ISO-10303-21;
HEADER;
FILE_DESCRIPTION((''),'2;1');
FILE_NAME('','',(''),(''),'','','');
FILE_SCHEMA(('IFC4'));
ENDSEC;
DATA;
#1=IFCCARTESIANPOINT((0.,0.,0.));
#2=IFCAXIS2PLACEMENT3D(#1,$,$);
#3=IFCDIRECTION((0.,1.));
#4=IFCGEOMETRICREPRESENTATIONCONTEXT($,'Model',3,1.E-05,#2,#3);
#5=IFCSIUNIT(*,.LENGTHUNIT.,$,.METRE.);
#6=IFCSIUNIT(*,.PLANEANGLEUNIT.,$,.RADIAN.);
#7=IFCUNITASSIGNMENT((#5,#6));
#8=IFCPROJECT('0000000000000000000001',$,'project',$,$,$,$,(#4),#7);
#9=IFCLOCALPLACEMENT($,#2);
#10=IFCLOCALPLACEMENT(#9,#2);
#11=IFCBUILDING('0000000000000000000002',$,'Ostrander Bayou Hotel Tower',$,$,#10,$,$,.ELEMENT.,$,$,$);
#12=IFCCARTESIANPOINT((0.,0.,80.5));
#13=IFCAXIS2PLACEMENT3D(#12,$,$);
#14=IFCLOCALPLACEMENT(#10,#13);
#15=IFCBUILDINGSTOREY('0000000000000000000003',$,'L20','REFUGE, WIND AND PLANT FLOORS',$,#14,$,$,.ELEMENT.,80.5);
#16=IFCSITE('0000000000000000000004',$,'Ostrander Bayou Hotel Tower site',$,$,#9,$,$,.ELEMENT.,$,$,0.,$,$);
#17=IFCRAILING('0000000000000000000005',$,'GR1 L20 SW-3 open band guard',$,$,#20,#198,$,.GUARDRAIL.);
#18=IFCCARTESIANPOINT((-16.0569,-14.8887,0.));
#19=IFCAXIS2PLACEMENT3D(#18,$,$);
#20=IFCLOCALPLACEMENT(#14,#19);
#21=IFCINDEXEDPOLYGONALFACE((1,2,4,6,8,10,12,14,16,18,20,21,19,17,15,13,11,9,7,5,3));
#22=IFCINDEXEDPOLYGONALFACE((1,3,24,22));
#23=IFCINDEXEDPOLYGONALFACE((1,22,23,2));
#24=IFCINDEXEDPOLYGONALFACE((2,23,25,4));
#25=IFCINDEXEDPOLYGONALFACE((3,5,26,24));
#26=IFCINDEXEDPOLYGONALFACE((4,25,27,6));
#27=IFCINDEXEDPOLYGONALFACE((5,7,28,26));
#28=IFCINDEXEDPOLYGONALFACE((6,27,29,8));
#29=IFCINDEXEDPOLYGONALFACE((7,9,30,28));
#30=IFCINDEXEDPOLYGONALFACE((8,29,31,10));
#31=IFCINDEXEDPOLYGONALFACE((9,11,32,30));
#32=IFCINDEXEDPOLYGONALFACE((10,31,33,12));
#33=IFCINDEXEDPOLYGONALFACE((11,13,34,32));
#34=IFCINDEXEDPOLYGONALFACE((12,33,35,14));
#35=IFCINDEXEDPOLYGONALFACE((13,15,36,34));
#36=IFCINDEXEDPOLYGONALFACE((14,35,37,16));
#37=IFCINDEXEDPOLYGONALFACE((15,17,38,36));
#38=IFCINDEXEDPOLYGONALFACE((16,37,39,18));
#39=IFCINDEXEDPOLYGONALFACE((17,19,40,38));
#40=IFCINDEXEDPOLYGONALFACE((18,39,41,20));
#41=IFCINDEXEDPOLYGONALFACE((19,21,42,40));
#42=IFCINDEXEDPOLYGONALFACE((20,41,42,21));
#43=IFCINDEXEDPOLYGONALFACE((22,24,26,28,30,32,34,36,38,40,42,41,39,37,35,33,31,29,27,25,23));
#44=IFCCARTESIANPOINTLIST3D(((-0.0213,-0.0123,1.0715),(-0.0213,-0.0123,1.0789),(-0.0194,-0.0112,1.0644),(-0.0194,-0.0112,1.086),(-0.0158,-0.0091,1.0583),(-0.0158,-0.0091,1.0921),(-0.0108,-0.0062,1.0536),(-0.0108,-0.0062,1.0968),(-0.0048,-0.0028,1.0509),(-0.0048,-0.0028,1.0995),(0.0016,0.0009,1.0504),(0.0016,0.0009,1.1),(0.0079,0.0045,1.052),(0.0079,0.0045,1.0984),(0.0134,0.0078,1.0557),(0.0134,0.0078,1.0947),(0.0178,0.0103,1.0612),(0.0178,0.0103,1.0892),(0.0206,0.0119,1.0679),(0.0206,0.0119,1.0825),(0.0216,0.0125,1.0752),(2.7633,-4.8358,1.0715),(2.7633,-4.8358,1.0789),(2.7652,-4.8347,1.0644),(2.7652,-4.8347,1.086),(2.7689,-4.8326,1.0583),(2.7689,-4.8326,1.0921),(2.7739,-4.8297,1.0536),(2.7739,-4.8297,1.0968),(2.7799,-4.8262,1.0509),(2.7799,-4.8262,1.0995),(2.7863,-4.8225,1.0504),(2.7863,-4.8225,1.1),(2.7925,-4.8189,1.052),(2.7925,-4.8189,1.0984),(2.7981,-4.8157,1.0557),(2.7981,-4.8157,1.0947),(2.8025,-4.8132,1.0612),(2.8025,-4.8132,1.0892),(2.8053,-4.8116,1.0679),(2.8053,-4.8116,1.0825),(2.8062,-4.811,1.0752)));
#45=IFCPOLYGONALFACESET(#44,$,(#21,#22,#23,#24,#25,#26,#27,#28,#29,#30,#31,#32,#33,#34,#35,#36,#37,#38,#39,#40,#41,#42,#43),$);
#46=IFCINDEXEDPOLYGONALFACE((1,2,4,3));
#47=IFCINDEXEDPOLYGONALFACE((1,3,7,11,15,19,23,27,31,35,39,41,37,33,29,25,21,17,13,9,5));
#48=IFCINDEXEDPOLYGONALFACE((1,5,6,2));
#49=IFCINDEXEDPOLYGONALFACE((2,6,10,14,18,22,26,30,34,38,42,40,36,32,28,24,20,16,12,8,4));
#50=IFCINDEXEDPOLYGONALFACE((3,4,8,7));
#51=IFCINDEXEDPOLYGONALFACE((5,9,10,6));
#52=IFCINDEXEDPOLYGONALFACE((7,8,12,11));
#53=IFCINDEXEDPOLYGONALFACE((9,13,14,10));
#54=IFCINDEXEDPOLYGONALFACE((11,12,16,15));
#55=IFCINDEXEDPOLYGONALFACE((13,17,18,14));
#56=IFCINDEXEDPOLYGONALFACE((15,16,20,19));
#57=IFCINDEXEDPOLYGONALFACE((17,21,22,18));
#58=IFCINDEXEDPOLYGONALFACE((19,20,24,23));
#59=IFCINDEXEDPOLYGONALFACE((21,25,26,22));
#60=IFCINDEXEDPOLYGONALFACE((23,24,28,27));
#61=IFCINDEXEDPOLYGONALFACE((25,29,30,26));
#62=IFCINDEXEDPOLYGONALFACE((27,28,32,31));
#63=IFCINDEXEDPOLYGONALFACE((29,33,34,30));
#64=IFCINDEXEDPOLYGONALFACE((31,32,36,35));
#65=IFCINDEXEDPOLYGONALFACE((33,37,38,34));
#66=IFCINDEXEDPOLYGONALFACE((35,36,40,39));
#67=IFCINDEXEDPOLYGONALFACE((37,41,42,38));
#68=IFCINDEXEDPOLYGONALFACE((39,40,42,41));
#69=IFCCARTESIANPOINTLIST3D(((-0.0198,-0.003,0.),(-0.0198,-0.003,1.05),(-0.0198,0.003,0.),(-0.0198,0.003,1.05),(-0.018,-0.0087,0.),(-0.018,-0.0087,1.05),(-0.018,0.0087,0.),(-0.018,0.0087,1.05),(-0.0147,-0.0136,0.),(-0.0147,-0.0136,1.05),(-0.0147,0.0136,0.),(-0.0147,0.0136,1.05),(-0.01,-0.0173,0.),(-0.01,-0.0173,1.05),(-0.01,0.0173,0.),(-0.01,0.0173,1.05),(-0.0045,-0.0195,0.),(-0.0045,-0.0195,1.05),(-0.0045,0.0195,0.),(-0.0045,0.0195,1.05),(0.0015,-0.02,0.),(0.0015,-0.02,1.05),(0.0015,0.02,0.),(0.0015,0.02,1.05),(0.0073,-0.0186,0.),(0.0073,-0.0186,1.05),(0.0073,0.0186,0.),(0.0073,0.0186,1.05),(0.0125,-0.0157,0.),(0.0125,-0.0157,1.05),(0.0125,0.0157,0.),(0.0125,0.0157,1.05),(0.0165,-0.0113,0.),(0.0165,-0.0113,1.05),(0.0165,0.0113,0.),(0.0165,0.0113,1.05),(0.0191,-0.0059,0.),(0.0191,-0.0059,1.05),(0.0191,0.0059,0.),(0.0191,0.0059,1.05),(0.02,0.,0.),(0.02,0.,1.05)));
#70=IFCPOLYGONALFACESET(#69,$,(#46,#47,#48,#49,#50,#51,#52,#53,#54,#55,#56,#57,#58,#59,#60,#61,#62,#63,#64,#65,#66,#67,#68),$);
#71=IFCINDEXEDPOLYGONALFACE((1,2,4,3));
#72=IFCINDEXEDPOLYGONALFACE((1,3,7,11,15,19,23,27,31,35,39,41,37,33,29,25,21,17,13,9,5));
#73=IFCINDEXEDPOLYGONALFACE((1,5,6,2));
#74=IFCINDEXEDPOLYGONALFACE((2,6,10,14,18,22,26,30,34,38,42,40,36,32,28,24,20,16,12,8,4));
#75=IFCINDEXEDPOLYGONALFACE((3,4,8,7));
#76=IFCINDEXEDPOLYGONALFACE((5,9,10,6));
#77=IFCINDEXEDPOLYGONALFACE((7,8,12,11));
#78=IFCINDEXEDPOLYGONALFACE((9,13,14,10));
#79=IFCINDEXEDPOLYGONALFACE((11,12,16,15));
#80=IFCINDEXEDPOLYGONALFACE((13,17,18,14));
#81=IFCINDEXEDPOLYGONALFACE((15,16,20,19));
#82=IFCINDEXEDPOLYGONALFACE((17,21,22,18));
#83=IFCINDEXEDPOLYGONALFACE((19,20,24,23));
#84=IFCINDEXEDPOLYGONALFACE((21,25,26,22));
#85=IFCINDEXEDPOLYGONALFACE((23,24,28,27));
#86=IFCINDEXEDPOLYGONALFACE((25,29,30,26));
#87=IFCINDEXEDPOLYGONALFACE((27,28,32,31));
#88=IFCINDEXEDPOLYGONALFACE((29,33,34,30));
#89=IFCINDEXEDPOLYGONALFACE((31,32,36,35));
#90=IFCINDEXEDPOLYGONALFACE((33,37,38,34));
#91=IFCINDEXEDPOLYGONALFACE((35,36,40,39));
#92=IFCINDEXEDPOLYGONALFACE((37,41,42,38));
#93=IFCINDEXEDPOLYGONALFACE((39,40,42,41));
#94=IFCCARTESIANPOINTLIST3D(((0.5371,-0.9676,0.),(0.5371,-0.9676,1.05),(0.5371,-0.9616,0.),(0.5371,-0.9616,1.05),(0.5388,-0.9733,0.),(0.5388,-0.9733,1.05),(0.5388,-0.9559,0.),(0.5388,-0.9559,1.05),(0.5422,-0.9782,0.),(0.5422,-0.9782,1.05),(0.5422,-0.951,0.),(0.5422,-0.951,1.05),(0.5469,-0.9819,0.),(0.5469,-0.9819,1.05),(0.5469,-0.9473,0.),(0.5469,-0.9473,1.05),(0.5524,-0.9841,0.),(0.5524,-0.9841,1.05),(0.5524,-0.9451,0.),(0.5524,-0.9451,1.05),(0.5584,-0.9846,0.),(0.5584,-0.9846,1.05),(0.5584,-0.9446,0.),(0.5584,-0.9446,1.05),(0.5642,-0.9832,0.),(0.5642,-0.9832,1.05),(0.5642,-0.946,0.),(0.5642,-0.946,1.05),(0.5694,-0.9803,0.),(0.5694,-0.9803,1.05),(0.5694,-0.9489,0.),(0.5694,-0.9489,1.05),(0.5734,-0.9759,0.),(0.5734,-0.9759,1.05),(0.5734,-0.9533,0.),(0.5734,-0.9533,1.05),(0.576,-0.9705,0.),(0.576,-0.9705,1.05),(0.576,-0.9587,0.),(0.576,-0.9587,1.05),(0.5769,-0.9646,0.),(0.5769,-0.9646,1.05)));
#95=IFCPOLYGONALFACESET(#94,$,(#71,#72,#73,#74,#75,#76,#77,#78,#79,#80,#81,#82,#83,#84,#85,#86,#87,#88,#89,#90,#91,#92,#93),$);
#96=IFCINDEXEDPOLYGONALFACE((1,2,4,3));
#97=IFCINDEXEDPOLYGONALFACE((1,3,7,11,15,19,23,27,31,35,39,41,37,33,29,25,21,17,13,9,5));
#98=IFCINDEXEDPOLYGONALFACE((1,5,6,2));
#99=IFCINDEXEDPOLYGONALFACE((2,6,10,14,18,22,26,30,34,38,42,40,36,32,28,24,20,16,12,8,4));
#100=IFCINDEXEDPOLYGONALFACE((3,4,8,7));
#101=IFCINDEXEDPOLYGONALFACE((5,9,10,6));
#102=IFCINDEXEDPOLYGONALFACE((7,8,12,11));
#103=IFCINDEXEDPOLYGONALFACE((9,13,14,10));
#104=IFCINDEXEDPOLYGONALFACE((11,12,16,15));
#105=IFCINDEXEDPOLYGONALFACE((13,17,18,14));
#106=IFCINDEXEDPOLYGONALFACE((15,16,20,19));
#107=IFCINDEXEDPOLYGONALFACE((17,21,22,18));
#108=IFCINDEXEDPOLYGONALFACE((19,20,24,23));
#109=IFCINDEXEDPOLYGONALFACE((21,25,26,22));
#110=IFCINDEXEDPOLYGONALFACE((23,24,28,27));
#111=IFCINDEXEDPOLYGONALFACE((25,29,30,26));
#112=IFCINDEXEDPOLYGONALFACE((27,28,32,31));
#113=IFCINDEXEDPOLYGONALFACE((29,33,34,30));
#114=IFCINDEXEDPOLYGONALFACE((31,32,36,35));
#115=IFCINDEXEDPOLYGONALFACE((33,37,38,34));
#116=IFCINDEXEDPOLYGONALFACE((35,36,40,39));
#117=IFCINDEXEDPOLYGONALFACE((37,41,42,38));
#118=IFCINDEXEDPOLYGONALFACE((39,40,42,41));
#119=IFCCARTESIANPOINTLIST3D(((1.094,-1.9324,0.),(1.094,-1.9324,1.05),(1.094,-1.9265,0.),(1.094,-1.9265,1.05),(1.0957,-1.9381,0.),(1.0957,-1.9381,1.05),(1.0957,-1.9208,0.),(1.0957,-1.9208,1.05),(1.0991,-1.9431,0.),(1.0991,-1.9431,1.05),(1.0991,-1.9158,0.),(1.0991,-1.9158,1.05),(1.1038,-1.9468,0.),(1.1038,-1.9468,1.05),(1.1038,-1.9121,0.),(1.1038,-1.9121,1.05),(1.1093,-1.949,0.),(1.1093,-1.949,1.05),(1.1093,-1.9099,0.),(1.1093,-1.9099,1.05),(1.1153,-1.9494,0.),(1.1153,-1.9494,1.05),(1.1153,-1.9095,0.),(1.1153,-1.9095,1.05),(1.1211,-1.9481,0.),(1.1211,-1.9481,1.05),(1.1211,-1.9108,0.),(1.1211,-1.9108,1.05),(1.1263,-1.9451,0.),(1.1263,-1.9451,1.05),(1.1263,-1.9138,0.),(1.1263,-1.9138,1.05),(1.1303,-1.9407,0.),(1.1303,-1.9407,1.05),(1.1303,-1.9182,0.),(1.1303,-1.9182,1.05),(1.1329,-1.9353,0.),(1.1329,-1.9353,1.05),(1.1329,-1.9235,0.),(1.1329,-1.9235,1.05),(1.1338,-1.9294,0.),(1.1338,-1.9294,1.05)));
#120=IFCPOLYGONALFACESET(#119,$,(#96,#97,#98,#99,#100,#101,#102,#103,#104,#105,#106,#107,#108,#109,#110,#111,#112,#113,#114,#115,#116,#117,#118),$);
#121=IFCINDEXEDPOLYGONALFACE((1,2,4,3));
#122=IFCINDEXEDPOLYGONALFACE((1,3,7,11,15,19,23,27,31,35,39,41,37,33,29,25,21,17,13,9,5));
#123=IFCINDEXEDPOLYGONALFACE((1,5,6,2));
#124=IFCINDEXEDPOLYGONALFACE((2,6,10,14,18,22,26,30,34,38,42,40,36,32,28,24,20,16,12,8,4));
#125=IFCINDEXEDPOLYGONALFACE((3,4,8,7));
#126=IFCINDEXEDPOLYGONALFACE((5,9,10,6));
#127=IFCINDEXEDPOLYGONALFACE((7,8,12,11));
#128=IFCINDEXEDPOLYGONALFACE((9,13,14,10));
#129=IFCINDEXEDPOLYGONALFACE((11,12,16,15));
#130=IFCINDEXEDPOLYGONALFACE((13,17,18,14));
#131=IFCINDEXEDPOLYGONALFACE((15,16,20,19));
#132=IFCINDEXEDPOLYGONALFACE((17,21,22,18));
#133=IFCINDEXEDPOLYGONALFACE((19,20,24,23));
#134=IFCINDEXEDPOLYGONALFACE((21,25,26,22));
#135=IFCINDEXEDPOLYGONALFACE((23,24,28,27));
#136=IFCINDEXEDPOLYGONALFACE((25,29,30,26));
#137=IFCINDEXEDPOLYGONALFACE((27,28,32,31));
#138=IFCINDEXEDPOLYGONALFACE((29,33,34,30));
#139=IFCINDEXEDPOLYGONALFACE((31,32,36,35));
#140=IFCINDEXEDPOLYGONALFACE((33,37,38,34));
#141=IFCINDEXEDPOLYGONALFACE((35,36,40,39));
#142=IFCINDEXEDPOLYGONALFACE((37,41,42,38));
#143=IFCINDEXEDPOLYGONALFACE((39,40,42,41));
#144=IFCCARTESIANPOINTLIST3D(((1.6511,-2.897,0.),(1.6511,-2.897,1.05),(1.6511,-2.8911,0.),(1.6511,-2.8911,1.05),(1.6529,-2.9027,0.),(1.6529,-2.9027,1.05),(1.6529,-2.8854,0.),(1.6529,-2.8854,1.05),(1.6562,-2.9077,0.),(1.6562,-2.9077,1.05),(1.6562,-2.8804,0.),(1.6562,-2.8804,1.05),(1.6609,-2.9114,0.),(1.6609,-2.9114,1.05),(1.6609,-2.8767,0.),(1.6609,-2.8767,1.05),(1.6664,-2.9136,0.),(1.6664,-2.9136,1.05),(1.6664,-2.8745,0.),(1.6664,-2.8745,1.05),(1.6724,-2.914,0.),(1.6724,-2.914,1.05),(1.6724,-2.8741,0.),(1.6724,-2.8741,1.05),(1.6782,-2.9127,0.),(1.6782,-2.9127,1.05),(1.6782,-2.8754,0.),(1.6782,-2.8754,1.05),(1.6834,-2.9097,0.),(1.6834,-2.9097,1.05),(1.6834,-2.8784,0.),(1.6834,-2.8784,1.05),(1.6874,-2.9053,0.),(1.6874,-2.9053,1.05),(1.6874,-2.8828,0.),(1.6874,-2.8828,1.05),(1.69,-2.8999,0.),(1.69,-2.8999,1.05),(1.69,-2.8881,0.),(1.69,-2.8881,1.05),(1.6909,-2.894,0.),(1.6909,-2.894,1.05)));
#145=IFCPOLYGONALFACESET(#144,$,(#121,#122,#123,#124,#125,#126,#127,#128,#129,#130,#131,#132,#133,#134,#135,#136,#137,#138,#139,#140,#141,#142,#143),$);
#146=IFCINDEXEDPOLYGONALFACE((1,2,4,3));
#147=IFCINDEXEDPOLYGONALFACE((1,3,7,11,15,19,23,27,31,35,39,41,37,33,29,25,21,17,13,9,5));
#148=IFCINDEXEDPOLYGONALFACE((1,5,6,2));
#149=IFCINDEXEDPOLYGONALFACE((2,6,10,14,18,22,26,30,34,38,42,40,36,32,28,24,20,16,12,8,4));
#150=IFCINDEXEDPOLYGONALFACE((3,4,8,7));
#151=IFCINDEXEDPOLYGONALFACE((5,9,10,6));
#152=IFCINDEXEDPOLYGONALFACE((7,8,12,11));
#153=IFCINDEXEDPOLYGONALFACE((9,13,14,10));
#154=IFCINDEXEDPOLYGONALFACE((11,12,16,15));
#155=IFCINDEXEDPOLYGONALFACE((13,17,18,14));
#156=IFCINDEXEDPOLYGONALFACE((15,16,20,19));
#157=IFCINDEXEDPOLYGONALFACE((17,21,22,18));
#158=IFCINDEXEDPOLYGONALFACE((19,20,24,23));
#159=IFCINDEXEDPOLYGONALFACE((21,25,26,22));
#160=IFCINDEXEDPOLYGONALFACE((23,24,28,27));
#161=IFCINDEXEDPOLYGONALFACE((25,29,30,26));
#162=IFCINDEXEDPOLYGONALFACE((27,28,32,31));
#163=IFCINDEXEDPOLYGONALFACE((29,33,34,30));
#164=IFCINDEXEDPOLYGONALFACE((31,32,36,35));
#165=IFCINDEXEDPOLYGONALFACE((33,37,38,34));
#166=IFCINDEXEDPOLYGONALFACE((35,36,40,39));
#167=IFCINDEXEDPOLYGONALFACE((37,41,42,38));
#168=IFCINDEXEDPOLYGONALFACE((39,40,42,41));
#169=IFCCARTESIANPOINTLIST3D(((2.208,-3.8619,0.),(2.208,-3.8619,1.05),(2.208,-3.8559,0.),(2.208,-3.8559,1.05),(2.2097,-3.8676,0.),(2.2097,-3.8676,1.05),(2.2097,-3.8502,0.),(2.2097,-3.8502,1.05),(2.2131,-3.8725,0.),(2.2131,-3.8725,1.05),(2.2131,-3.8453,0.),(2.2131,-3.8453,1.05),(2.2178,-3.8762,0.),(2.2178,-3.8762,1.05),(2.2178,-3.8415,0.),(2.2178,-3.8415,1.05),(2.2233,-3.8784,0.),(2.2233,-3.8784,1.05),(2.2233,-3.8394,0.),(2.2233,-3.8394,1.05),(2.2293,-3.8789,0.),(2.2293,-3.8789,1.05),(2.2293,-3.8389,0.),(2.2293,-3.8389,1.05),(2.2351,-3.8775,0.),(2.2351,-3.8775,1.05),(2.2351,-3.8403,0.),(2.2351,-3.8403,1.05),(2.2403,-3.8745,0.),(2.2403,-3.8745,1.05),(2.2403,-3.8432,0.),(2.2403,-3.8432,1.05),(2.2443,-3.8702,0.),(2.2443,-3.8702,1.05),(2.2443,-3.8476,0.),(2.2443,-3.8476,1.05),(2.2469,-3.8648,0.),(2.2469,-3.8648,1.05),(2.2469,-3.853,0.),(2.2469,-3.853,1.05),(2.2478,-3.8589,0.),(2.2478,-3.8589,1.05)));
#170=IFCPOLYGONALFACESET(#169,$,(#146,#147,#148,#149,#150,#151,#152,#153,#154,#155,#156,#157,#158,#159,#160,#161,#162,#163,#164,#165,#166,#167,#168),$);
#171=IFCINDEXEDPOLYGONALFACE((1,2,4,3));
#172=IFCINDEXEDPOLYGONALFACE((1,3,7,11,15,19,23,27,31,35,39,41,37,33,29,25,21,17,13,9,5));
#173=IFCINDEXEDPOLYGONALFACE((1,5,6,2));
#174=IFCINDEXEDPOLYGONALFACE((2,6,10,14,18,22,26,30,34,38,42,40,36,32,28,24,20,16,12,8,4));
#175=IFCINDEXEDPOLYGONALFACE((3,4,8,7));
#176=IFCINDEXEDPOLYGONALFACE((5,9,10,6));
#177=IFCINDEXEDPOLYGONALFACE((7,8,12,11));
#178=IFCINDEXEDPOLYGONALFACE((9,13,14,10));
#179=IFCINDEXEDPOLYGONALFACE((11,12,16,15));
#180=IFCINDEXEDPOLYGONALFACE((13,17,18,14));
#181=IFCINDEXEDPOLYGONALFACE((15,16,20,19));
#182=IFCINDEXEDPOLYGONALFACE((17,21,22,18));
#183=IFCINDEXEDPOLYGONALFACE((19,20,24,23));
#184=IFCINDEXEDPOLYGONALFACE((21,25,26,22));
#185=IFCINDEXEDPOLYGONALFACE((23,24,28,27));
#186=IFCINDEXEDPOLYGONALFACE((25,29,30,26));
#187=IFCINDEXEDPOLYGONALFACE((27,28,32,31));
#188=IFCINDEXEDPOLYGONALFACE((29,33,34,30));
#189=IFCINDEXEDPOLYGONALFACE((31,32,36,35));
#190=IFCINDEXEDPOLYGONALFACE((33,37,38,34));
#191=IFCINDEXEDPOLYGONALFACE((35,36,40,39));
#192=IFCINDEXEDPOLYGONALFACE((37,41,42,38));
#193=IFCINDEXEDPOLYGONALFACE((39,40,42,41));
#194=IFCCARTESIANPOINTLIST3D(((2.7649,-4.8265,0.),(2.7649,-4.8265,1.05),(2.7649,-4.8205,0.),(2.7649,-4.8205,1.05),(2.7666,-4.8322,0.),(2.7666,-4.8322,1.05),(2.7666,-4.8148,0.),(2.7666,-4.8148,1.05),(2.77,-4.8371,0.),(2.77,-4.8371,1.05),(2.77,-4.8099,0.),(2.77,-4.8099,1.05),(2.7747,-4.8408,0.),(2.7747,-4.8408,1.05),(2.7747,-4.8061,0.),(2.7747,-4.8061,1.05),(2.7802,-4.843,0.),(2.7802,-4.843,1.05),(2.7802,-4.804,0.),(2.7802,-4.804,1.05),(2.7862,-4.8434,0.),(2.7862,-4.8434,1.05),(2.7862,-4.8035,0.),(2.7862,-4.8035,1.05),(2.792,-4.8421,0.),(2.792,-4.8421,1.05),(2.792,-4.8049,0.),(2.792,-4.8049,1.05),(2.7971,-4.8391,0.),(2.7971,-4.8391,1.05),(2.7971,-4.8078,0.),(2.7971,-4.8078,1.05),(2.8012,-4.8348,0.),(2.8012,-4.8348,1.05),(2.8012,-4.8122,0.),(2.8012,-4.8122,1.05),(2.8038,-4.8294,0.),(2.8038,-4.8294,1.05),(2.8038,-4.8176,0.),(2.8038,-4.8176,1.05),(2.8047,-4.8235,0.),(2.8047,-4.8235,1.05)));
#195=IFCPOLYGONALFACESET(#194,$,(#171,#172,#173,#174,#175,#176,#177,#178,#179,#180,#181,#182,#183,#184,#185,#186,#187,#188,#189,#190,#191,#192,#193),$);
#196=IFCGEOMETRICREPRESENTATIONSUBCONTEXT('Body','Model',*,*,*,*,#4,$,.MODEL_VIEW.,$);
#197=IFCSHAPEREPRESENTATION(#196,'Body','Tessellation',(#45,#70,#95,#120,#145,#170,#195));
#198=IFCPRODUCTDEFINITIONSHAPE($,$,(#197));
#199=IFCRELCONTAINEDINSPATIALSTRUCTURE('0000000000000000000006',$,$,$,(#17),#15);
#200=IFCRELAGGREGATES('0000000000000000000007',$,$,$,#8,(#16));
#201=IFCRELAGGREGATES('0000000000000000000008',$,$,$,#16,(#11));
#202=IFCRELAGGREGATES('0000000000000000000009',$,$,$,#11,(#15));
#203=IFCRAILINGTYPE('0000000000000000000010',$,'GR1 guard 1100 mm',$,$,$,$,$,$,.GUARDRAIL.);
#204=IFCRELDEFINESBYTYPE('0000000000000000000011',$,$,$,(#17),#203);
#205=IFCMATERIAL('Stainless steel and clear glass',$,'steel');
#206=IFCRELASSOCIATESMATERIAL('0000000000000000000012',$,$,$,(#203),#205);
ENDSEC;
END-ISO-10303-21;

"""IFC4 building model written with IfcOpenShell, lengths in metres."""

from ifc_helpers import new_model, si_unit, direction, frame, origin, origin_2d, place, context, subcontext, project, spatial, circle, extrude, material, type_object, element, save


model = new_model("IFC4")

# Units and contexts
model_context = context("Model", 3, precision=1e-05, world=origin(), true_north=direction((0.0, 1.0)))
body_context = subcontext(model_context, "Body", "Model", "MODEL_VIEW")
ifc_project = project(units=[si_unit("LENGTHUNIT", "METRE"), si_unit("PLANEANGLEUNIT", "RADIAN")], contexts=[model_context])

# Site, building, storey
site_placement = place(None, origin())
site = spatial("IfcSite", under=ifc_project, at=site_placement, Name="Ostrander Bayou Hotel Tower site", CompositionType="ELEMENT", RefElevation=0.0)
building_placement = place(site_placement, origin())
building = spatial("IfcBuilding", under=site, at=building_placement, Name="Ostrander Bayou Hotel Tower", CompositionType="ELEMENT")
storey_placement = place(building_placement, frame((0.0, 0.0, 80.5)))
storey = spatial("IfcBuildingStorey", under=building, at=storey_placement, Name="L20", Description="REFUGE, WIND AND PLANT FLOORS", CompositionType="ELEMENT", Elevation=80.5)

# Railing
ifc_material_1 = material(Name="Stainless steel and clear glass", Category="steel")
railing_type = type_object("IfcRailingType", Name="GR1 guard 1100 mm", PredefinedType="GUARDRAIL", material=ifc_material_1)
railing_1_placement = place(storey_placement, frame((-16.0569, -14.8887, 0.0)))
element("IfcRailing", 1, at=railing_1_placement, inside=storey, type_object=railing_type, Name="GR1 L20 SW-3 open band guard", PredefinedType="GUARDRAIL", context=body_context, shape_type="SweptSolid", body=[
    extrude(circle(Radius=0.0249, at=origin_2d()), frame((0.0, 0.0, 1.0752), z_axis=(0.499977, -0.866039, 0.0), x_axis=(0.866039, 0.499977, 0.0)), (0.0, 0.0, 1.0), 5.5696),
    extrude(circle(Radius=0.02, at=origin_2d()), origin(), (0.0, 0.0, 1.0), 1.05),
    extrude(circle(Radius=0.02, at=origin_2d()), frame((0.5569, -0.9646, 0.0)), (0.0, 0.0, 1.0), 1.05),
    extrude(circle(Radius=0.02, at=origin_2d()), frame((1.1138, -1.9294, 0.0)), (0.0, 0.0, 1.0), 1.05),
    extrude(circle(Radius=0.02, at=origin_2d()), frame((1.6709, -2.894, 0.0)), (0.0, 0.0, 1.0), 1.05),
    extrude(circle(Radius=0.02, at=origin_2d()), frame((2.2278, -3.8589, 0.0)), (0.0, 0.0, 1.0), 1.05),
    extrude(circle(Radius=0.02, at=origin_2d()), frame((2.7847, -4.8235, 0.0)), (0.0, 0.0, 1.0), 1.05),
])

save(model, "model.ifc")
